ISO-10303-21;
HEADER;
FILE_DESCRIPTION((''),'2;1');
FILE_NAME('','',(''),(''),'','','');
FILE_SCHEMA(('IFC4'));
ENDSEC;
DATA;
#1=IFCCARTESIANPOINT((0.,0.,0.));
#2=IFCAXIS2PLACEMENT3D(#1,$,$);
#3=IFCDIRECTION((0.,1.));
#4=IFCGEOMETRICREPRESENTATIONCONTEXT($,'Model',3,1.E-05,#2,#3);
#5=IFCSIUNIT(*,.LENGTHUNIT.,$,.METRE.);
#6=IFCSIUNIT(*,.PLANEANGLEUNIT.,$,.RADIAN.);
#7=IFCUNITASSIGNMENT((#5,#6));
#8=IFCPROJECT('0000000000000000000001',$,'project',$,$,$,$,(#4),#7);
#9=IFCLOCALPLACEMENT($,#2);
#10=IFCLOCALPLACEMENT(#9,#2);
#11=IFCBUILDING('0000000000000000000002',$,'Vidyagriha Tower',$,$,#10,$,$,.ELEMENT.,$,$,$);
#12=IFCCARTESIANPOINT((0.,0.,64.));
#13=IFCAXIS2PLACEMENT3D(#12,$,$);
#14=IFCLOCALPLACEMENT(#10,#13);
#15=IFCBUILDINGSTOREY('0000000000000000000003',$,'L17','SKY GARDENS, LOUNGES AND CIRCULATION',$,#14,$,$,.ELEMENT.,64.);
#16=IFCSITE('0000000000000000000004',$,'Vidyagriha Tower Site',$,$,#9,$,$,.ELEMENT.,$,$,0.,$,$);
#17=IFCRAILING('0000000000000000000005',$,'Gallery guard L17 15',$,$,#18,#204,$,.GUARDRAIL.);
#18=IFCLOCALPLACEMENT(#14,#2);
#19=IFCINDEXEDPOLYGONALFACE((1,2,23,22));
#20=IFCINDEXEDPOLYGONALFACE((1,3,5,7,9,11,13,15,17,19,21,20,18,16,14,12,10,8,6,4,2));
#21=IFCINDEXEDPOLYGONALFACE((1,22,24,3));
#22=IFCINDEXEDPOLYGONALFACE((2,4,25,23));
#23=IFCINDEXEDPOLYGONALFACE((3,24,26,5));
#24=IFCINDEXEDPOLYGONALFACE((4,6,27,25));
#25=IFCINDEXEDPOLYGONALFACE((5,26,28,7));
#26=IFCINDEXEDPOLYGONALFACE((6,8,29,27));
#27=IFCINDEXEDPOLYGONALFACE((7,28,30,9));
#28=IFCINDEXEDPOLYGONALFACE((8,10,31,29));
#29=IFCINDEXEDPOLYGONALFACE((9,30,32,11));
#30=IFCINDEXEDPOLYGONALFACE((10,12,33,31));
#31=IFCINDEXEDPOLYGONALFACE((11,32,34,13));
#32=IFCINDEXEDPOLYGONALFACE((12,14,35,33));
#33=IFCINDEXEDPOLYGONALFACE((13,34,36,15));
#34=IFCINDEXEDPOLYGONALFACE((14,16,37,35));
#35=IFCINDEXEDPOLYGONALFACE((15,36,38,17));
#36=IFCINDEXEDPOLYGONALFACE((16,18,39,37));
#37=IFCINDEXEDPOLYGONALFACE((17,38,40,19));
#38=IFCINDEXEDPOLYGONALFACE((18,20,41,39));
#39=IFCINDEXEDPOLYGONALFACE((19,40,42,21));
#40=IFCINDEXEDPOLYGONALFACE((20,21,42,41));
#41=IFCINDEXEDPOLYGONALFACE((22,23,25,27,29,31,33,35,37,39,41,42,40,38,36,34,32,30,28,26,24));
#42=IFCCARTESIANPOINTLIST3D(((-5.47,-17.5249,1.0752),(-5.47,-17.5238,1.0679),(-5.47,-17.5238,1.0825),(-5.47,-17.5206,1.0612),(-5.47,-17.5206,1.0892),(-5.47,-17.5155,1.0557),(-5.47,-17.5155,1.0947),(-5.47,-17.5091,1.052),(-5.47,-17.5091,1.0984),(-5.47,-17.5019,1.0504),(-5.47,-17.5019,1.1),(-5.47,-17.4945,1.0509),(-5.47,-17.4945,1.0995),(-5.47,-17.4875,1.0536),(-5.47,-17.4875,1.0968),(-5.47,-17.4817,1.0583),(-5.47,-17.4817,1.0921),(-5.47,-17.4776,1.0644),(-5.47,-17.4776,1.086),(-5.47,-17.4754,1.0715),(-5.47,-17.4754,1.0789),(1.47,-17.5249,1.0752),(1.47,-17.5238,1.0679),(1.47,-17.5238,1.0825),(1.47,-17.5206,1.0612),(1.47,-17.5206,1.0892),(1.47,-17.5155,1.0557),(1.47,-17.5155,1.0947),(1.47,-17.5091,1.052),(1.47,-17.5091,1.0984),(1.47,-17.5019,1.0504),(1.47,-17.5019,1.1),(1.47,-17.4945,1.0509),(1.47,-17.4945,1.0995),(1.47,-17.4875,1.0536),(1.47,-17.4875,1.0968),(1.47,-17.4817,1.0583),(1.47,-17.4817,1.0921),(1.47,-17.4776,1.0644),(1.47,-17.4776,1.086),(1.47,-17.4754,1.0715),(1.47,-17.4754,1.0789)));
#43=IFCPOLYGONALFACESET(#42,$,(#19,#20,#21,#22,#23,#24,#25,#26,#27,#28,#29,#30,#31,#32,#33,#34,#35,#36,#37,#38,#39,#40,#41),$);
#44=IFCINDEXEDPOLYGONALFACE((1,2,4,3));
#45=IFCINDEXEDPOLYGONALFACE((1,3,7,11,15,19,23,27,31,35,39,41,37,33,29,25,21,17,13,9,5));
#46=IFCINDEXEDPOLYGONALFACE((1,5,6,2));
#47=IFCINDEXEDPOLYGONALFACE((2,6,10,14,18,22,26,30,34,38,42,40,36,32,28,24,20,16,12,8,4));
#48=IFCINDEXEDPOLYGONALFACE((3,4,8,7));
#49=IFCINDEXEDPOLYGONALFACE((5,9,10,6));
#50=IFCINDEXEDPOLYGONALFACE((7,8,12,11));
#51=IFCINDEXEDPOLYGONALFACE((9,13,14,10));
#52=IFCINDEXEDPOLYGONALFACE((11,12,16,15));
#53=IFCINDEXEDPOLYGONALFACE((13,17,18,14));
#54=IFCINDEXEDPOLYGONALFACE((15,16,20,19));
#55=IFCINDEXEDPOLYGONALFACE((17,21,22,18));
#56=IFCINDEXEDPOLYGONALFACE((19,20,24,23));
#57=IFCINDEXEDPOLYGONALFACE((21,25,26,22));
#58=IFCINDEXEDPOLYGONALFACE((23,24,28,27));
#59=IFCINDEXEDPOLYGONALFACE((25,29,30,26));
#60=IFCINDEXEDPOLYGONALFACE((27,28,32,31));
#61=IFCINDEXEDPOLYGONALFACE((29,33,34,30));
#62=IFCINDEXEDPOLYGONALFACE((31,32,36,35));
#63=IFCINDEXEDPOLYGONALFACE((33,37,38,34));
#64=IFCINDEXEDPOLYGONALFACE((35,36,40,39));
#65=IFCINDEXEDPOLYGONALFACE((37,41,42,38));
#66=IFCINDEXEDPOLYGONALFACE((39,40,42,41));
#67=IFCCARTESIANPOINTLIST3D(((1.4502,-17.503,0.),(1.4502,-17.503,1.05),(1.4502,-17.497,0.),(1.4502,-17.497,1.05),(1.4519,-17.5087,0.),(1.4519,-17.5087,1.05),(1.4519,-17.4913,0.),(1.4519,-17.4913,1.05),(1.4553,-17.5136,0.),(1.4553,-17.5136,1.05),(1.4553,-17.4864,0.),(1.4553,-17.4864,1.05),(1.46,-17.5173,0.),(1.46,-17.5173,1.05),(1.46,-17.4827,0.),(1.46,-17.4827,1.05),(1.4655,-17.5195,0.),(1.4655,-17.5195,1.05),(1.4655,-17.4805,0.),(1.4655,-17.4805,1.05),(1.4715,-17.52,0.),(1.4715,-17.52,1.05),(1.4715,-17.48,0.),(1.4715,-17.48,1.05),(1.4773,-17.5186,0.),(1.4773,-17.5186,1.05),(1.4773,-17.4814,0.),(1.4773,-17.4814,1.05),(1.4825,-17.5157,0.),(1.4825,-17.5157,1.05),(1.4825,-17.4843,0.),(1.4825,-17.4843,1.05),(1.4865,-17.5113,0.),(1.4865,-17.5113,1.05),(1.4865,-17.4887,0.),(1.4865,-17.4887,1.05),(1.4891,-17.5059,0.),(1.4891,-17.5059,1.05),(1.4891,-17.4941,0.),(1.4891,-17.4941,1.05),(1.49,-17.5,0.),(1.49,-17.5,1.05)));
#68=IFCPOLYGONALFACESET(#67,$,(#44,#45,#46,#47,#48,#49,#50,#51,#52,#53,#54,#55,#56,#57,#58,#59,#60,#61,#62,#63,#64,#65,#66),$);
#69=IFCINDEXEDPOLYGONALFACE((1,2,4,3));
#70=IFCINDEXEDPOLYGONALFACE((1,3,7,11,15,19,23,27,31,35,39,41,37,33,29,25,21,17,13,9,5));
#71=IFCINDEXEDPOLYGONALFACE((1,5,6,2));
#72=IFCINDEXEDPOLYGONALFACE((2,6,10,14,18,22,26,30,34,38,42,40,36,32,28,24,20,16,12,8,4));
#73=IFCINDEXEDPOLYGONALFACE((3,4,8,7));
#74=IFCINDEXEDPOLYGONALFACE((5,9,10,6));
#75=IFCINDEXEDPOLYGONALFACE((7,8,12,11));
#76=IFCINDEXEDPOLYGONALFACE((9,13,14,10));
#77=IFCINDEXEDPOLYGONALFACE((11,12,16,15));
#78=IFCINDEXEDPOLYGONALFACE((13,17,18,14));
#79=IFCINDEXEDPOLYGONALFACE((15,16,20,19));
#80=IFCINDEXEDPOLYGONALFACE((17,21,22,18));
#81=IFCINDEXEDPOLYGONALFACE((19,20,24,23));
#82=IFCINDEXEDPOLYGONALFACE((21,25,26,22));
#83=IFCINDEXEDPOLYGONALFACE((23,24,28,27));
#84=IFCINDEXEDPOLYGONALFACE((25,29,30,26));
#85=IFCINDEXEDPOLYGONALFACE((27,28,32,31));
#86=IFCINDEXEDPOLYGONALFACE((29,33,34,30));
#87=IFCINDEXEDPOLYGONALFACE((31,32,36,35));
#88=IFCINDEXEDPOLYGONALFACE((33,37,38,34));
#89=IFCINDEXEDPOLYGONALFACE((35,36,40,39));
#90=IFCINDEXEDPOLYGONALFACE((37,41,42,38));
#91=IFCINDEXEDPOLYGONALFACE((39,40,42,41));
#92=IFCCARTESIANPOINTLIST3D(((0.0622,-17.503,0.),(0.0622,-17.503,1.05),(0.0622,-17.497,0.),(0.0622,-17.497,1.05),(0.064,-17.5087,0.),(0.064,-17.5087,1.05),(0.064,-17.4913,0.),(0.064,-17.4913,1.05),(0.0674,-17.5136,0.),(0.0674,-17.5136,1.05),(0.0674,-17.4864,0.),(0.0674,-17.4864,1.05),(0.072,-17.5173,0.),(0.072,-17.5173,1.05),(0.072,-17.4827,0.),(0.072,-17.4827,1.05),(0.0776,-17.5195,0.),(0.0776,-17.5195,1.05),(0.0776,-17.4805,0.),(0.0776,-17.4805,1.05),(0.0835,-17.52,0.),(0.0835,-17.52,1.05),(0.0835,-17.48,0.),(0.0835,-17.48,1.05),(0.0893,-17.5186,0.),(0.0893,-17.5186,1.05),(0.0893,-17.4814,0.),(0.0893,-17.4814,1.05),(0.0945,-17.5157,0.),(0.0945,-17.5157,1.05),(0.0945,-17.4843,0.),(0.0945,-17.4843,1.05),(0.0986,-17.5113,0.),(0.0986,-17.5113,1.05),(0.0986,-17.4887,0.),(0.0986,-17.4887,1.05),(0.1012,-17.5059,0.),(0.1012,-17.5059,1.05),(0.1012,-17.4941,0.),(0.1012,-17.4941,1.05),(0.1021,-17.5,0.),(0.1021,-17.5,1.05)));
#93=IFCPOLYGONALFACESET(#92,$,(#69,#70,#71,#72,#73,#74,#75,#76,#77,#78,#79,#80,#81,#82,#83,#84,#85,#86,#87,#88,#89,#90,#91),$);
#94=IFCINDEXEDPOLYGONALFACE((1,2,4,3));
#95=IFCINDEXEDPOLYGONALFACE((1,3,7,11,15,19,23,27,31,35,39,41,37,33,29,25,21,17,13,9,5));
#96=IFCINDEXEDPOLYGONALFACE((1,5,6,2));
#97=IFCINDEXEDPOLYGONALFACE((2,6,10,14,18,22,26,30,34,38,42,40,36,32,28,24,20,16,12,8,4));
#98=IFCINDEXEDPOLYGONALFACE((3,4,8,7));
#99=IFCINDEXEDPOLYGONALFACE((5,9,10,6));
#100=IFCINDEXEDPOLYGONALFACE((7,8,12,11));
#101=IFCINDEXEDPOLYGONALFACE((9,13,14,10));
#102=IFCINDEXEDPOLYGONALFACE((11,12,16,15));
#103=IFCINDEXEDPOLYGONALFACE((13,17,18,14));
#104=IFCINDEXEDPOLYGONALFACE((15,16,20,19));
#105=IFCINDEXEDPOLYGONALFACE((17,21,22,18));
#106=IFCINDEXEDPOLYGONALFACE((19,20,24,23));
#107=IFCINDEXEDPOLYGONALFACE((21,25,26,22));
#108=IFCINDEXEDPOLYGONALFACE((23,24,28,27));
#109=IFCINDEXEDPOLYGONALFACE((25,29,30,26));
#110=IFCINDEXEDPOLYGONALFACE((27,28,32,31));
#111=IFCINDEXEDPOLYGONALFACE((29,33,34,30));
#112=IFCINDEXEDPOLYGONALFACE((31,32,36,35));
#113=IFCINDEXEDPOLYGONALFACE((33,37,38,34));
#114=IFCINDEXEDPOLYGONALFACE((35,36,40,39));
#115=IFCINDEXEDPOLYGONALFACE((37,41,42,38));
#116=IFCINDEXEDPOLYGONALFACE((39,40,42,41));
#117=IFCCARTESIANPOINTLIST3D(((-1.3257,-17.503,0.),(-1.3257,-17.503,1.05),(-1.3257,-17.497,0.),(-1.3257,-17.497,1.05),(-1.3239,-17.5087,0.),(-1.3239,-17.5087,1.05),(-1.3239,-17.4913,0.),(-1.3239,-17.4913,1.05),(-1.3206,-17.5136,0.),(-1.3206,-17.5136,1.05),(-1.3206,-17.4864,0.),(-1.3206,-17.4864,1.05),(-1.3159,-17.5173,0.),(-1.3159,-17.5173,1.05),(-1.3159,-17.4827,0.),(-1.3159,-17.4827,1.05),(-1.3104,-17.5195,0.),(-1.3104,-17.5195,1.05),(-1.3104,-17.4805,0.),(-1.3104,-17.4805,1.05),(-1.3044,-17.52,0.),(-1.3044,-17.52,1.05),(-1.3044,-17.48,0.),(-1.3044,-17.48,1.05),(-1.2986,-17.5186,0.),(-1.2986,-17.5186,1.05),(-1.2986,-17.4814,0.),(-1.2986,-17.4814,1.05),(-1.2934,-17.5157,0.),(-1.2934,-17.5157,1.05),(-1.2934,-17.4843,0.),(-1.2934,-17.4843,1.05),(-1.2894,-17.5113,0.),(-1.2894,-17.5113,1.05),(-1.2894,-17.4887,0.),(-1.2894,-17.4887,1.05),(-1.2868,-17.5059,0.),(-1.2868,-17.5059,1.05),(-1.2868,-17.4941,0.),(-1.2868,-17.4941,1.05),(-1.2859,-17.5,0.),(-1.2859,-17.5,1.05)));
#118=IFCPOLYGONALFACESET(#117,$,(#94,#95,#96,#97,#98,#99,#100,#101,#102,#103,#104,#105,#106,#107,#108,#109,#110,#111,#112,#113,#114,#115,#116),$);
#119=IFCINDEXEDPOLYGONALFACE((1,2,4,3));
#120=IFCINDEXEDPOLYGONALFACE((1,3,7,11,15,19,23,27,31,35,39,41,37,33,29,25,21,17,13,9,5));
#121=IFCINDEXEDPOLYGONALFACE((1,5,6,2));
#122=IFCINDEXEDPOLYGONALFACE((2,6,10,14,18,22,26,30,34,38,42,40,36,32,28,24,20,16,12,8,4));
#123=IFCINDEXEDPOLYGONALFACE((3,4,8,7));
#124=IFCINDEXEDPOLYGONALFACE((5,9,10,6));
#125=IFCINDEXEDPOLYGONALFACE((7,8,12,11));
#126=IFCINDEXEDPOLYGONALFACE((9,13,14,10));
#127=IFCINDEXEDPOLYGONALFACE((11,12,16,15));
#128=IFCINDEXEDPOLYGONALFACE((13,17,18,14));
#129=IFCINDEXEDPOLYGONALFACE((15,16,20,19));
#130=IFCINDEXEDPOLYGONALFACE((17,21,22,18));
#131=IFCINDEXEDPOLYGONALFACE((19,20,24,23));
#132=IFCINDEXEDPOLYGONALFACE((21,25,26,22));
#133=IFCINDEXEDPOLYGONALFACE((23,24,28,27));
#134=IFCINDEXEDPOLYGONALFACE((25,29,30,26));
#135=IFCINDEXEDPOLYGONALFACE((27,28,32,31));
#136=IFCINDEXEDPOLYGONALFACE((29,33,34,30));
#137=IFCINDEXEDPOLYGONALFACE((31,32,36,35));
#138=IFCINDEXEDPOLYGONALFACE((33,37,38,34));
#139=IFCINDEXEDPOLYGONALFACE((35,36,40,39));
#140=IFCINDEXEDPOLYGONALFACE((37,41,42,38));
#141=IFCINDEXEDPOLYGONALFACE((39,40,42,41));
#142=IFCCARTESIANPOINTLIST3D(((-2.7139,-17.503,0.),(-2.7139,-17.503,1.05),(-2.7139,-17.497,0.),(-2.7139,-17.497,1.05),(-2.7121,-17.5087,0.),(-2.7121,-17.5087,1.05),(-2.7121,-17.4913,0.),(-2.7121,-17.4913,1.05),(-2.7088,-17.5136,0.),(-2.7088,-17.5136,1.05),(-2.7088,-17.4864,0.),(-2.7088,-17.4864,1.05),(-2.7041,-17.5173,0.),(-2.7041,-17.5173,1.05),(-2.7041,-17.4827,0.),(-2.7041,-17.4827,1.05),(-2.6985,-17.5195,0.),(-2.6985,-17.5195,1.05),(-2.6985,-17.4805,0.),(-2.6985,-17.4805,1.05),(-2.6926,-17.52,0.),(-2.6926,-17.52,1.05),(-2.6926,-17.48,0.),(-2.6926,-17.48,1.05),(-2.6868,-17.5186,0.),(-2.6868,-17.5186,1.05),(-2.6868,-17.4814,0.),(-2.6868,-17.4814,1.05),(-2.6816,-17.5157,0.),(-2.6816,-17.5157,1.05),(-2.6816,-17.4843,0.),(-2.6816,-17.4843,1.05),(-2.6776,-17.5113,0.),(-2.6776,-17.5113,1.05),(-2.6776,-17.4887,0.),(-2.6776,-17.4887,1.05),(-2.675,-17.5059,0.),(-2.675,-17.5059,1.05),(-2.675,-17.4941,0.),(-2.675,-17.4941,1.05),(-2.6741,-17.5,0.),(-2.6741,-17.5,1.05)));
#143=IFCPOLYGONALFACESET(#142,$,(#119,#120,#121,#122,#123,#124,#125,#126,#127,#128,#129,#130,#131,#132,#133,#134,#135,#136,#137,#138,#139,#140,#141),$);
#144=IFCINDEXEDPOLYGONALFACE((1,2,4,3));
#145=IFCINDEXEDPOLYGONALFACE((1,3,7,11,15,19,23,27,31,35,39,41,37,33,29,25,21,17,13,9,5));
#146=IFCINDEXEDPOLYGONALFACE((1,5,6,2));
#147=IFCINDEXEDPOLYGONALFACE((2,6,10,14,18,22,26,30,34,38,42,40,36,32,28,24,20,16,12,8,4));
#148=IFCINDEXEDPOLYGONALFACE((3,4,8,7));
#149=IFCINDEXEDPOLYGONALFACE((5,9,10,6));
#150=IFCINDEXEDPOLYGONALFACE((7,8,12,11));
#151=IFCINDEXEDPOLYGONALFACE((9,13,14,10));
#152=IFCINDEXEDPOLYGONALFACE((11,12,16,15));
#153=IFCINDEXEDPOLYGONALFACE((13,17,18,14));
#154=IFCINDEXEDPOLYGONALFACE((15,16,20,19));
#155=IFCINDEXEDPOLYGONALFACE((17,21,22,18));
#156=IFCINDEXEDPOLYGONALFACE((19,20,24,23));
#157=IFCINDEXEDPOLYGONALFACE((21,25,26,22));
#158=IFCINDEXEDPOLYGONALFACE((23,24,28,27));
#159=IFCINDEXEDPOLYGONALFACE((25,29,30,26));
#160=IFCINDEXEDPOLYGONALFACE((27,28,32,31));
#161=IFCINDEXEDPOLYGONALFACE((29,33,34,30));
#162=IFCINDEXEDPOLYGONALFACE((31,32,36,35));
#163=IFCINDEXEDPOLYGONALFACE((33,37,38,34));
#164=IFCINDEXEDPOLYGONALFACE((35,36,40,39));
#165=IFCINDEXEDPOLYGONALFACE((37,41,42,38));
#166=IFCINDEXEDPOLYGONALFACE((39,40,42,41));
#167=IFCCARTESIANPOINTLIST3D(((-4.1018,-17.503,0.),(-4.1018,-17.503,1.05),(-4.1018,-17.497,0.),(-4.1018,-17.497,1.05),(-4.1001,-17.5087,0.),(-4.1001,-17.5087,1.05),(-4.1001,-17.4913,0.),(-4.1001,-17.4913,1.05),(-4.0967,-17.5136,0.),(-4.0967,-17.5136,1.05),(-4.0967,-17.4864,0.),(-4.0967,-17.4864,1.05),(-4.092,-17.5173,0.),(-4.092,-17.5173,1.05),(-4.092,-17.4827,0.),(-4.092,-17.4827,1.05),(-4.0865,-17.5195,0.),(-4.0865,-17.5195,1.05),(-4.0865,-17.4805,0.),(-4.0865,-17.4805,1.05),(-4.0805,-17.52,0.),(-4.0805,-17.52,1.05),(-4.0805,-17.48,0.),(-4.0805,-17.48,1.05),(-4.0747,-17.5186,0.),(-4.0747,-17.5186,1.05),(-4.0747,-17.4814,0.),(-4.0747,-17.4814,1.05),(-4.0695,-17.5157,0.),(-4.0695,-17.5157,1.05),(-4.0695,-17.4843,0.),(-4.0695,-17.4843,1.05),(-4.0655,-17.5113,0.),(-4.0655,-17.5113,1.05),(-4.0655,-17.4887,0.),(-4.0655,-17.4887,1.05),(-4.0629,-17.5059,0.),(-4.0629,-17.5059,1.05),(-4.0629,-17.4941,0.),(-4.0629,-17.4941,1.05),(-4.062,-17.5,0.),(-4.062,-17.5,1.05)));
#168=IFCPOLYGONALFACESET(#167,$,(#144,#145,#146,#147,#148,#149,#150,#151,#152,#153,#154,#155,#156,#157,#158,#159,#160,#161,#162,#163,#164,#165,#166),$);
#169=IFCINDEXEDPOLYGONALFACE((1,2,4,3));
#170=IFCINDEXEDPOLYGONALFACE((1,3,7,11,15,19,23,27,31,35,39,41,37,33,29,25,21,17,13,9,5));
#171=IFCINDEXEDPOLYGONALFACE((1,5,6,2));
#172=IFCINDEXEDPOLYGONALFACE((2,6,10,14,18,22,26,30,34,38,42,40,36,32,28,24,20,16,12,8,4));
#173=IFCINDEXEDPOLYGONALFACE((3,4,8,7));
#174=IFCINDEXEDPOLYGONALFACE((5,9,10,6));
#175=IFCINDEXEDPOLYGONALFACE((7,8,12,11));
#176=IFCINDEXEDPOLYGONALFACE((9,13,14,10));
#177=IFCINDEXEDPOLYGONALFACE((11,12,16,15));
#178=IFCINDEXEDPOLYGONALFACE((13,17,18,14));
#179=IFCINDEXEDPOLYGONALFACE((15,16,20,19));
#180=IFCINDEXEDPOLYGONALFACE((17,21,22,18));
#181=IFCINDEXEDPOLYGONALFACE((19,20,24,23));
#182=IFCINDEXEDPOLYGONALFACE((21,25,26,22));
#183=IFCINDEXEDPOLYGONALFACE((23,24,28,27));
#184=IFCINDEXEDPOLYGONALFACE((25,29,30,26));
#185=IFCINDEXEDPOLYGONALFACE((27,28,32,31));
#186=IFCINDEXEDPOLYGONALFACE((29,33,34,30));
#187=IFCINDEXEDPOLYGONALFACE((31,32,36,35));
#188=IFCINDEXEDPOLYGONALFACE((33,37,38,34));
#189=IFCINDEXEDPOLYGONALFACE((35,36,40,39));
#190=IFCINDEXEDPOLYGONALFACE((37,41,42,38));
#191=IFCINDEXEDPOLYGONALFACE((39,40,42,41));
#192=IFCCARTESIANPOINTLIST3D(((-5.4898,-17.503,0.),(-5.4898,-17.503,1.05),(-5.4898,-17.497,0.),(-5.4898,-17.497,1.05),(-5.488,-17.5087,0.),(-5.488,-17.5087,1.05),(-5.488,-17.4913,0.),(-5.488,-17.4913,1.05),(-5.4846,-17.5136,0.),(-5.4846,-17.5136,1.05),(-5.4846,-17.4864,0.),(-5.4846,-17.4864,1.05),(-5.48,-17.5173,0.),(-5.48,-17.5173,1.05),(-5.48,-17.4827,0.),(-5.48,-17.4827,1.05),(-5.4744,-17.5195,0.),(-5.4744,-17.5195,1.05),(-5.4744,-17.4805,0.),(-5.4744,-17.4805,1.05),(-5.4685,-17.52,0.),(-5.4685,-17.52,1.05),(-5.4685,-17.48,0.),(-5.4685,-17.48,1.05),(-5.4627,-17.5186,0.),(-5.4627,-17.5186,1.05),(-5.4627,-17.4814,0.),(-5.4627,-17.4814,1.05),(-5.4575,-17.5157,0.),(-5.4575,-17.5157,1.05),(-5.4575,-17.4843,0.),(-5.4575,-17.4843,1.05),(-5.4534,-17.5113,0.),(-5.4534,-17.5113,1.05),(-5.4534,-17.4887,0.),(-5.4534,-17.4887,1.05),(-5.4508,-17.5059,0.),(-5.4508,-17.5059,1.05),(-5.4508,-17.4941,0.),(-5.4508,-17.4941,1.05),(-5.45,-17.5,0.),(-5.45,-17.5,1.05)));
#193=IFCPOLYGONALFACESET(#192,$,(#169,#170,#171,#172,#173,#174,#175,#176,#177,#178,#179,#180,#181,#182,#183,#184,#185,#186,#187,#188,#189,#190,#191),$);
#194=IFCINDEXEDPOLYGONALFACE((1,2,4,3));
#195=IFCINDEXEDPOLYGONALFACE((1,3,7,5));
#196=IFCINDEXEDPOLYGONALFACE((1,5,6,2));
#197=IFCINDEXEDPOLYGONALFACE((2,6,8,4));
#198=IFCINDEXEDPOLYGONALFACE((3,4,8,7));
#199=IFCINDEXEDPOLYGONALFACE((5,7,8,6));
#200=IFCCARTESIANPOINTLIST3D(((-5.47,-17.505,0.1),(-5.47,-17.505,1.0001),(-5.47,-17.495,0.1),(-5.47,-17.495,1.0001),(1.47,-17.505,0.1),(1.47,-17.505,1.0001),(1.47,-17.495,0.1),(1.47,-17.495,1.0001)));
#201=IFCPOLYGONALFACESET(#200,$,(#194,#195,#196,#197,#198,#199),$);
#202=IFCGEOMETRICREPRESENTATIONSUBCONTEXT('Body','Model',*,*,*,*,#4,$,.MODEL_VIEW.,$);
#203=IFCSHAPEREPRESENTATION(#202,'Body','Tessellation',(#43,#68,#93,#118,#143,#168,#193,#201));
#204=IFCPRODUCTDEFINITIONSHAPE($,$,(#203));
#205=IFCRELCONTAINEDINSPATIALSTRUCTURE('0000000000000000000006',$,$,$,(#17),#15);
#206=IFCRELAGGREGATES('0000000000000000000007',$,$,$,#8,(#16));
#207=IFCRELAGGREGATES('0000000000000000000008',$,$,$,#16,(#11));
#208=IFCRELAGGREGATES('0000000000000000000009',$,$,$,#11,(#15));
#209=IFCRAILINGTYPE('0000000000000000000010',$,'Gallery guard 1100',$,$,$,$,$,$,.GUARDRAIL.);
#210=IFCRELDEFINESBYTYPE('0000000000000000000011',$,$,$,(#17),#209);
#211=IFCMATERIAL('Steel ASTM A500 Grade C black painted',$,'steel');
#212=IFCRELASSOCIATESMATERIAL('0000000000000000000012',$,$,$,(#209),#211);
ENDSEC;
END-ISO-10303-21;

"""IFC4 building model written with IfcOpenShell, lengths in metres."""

from ifc_helpers import new_model, si_unit, direction, frame, origin, origin_2d, place, context, subcontext, project, spatial, rectangle, circle, extrude, material, type_object, element, save


model = new_model("IFC4")

# Units and contexts
model_context = context("Model", 3, precision=1e-05, world=origin(), true_north=direction((0.0, 1.0)))
body_context = subcontext(model_context, "Body", "Model", "MODEL_VIEW")
ifc_project = project(units=[si_unit("LENGTHUNIT", "METRE"), si_unit("PLANEANGLEUNIT", "RADIAN")], contexts=[model_context])

# Site, building, storey
site_placement = place(None, origin())
site = spatial("IfcSite", under=ifc_project, at=site_placement, Name="Vidyagriha Tower Site", CompositionType="ELEMENT", RefElevation=0.0)
building_placement = place(site_placement, origin())
building = spatial("IfcBuilding", under=site, at=building_placement, Name="Vidyagriha Tower", CompositionType="ELEMENT")
storey_placement = place(building_placement, frame((0.0, 0.0, 64.0)))
storey = spatial("IfcBuildingStorey", under=building, at=storey_placement, Name="L17", Description="SKY GARDENS, LOUNGES AND CIRCULATION", CompositionType="ELEMENT", Elevation=64.0)

# Railing
ifc_material_1 = material(Name="Steel ASTM A500 Grade C black painted", Category="steel")
railing_type = type_object("IfcRailingType", Name="Gallery guard 1100", PredefinedType="GUARDRAIL", material=ifc_material_1)
for number, where, name in (
    (1, (1.47, -17.5, 0.0), "Gallery guard L17 15"),
):
    element("IfcRailing", number, at=place(storey_placement, frame(where)), inside=storey, type_object=railing_type, Name=name, PredefinedType="GUARDRAIL", context=body_context, shape_type="SweptSolid", body=[
        extrude(circle(Radius=0.0249, at=origin_2d()), frame((0.0, 0.0, 1.0752), z_axis=(-1.0, 0.0, 0.0), x_axis=(0.0, -1.0, 0.0)), (0.0, 0.0, 1.0), 6.9399),
        extrude(circle(Radius=0.02, at=origin_2d()), origin(), (0.0, 0.0, 1.0), 1.05),
        extrude(circle(Radius=0.02, at=origin_2d()), frame((-1.3879, 0.0, 0.0)), (0.0, 0.0, 1.0), 1.05),
        extrude(circle(Radius=0.02, at=origin_2d()), frame((-2.7759, 0.0, 0.0)), (0.0, 0.0, 1.0), 1.05),
        extrude(circle(Radius=0.02, at=origin_2d()), frame((-4.1641, 0.0, 0.0)), (0.0, 0.0, 1.0), 1.05),
        extrude(circle(Radius=0.02, at=origin_2d()), frame((-5.552, 0.0, 0.0)), (0.0, 0.0, 1.0), 1.05),
        extrude(circle(Radius=0.02, at=origin_2d()), frame((-6.9399, 0.0, 0.0)), (0.0, 0.0, 1.0), 1.05),
        extrude(rectangle(XDim=0.01, YDim=0.9001, at=origin_2d()), frame((0.0, 0.0, 0.55), z_axis=(-1.0, 0.0, 0.0), x_axis=(0.0, -1.0, 0.0)), (0.0, 0.0, 1.0), 6.9399),
    ])

save(model, "model.ifc")
